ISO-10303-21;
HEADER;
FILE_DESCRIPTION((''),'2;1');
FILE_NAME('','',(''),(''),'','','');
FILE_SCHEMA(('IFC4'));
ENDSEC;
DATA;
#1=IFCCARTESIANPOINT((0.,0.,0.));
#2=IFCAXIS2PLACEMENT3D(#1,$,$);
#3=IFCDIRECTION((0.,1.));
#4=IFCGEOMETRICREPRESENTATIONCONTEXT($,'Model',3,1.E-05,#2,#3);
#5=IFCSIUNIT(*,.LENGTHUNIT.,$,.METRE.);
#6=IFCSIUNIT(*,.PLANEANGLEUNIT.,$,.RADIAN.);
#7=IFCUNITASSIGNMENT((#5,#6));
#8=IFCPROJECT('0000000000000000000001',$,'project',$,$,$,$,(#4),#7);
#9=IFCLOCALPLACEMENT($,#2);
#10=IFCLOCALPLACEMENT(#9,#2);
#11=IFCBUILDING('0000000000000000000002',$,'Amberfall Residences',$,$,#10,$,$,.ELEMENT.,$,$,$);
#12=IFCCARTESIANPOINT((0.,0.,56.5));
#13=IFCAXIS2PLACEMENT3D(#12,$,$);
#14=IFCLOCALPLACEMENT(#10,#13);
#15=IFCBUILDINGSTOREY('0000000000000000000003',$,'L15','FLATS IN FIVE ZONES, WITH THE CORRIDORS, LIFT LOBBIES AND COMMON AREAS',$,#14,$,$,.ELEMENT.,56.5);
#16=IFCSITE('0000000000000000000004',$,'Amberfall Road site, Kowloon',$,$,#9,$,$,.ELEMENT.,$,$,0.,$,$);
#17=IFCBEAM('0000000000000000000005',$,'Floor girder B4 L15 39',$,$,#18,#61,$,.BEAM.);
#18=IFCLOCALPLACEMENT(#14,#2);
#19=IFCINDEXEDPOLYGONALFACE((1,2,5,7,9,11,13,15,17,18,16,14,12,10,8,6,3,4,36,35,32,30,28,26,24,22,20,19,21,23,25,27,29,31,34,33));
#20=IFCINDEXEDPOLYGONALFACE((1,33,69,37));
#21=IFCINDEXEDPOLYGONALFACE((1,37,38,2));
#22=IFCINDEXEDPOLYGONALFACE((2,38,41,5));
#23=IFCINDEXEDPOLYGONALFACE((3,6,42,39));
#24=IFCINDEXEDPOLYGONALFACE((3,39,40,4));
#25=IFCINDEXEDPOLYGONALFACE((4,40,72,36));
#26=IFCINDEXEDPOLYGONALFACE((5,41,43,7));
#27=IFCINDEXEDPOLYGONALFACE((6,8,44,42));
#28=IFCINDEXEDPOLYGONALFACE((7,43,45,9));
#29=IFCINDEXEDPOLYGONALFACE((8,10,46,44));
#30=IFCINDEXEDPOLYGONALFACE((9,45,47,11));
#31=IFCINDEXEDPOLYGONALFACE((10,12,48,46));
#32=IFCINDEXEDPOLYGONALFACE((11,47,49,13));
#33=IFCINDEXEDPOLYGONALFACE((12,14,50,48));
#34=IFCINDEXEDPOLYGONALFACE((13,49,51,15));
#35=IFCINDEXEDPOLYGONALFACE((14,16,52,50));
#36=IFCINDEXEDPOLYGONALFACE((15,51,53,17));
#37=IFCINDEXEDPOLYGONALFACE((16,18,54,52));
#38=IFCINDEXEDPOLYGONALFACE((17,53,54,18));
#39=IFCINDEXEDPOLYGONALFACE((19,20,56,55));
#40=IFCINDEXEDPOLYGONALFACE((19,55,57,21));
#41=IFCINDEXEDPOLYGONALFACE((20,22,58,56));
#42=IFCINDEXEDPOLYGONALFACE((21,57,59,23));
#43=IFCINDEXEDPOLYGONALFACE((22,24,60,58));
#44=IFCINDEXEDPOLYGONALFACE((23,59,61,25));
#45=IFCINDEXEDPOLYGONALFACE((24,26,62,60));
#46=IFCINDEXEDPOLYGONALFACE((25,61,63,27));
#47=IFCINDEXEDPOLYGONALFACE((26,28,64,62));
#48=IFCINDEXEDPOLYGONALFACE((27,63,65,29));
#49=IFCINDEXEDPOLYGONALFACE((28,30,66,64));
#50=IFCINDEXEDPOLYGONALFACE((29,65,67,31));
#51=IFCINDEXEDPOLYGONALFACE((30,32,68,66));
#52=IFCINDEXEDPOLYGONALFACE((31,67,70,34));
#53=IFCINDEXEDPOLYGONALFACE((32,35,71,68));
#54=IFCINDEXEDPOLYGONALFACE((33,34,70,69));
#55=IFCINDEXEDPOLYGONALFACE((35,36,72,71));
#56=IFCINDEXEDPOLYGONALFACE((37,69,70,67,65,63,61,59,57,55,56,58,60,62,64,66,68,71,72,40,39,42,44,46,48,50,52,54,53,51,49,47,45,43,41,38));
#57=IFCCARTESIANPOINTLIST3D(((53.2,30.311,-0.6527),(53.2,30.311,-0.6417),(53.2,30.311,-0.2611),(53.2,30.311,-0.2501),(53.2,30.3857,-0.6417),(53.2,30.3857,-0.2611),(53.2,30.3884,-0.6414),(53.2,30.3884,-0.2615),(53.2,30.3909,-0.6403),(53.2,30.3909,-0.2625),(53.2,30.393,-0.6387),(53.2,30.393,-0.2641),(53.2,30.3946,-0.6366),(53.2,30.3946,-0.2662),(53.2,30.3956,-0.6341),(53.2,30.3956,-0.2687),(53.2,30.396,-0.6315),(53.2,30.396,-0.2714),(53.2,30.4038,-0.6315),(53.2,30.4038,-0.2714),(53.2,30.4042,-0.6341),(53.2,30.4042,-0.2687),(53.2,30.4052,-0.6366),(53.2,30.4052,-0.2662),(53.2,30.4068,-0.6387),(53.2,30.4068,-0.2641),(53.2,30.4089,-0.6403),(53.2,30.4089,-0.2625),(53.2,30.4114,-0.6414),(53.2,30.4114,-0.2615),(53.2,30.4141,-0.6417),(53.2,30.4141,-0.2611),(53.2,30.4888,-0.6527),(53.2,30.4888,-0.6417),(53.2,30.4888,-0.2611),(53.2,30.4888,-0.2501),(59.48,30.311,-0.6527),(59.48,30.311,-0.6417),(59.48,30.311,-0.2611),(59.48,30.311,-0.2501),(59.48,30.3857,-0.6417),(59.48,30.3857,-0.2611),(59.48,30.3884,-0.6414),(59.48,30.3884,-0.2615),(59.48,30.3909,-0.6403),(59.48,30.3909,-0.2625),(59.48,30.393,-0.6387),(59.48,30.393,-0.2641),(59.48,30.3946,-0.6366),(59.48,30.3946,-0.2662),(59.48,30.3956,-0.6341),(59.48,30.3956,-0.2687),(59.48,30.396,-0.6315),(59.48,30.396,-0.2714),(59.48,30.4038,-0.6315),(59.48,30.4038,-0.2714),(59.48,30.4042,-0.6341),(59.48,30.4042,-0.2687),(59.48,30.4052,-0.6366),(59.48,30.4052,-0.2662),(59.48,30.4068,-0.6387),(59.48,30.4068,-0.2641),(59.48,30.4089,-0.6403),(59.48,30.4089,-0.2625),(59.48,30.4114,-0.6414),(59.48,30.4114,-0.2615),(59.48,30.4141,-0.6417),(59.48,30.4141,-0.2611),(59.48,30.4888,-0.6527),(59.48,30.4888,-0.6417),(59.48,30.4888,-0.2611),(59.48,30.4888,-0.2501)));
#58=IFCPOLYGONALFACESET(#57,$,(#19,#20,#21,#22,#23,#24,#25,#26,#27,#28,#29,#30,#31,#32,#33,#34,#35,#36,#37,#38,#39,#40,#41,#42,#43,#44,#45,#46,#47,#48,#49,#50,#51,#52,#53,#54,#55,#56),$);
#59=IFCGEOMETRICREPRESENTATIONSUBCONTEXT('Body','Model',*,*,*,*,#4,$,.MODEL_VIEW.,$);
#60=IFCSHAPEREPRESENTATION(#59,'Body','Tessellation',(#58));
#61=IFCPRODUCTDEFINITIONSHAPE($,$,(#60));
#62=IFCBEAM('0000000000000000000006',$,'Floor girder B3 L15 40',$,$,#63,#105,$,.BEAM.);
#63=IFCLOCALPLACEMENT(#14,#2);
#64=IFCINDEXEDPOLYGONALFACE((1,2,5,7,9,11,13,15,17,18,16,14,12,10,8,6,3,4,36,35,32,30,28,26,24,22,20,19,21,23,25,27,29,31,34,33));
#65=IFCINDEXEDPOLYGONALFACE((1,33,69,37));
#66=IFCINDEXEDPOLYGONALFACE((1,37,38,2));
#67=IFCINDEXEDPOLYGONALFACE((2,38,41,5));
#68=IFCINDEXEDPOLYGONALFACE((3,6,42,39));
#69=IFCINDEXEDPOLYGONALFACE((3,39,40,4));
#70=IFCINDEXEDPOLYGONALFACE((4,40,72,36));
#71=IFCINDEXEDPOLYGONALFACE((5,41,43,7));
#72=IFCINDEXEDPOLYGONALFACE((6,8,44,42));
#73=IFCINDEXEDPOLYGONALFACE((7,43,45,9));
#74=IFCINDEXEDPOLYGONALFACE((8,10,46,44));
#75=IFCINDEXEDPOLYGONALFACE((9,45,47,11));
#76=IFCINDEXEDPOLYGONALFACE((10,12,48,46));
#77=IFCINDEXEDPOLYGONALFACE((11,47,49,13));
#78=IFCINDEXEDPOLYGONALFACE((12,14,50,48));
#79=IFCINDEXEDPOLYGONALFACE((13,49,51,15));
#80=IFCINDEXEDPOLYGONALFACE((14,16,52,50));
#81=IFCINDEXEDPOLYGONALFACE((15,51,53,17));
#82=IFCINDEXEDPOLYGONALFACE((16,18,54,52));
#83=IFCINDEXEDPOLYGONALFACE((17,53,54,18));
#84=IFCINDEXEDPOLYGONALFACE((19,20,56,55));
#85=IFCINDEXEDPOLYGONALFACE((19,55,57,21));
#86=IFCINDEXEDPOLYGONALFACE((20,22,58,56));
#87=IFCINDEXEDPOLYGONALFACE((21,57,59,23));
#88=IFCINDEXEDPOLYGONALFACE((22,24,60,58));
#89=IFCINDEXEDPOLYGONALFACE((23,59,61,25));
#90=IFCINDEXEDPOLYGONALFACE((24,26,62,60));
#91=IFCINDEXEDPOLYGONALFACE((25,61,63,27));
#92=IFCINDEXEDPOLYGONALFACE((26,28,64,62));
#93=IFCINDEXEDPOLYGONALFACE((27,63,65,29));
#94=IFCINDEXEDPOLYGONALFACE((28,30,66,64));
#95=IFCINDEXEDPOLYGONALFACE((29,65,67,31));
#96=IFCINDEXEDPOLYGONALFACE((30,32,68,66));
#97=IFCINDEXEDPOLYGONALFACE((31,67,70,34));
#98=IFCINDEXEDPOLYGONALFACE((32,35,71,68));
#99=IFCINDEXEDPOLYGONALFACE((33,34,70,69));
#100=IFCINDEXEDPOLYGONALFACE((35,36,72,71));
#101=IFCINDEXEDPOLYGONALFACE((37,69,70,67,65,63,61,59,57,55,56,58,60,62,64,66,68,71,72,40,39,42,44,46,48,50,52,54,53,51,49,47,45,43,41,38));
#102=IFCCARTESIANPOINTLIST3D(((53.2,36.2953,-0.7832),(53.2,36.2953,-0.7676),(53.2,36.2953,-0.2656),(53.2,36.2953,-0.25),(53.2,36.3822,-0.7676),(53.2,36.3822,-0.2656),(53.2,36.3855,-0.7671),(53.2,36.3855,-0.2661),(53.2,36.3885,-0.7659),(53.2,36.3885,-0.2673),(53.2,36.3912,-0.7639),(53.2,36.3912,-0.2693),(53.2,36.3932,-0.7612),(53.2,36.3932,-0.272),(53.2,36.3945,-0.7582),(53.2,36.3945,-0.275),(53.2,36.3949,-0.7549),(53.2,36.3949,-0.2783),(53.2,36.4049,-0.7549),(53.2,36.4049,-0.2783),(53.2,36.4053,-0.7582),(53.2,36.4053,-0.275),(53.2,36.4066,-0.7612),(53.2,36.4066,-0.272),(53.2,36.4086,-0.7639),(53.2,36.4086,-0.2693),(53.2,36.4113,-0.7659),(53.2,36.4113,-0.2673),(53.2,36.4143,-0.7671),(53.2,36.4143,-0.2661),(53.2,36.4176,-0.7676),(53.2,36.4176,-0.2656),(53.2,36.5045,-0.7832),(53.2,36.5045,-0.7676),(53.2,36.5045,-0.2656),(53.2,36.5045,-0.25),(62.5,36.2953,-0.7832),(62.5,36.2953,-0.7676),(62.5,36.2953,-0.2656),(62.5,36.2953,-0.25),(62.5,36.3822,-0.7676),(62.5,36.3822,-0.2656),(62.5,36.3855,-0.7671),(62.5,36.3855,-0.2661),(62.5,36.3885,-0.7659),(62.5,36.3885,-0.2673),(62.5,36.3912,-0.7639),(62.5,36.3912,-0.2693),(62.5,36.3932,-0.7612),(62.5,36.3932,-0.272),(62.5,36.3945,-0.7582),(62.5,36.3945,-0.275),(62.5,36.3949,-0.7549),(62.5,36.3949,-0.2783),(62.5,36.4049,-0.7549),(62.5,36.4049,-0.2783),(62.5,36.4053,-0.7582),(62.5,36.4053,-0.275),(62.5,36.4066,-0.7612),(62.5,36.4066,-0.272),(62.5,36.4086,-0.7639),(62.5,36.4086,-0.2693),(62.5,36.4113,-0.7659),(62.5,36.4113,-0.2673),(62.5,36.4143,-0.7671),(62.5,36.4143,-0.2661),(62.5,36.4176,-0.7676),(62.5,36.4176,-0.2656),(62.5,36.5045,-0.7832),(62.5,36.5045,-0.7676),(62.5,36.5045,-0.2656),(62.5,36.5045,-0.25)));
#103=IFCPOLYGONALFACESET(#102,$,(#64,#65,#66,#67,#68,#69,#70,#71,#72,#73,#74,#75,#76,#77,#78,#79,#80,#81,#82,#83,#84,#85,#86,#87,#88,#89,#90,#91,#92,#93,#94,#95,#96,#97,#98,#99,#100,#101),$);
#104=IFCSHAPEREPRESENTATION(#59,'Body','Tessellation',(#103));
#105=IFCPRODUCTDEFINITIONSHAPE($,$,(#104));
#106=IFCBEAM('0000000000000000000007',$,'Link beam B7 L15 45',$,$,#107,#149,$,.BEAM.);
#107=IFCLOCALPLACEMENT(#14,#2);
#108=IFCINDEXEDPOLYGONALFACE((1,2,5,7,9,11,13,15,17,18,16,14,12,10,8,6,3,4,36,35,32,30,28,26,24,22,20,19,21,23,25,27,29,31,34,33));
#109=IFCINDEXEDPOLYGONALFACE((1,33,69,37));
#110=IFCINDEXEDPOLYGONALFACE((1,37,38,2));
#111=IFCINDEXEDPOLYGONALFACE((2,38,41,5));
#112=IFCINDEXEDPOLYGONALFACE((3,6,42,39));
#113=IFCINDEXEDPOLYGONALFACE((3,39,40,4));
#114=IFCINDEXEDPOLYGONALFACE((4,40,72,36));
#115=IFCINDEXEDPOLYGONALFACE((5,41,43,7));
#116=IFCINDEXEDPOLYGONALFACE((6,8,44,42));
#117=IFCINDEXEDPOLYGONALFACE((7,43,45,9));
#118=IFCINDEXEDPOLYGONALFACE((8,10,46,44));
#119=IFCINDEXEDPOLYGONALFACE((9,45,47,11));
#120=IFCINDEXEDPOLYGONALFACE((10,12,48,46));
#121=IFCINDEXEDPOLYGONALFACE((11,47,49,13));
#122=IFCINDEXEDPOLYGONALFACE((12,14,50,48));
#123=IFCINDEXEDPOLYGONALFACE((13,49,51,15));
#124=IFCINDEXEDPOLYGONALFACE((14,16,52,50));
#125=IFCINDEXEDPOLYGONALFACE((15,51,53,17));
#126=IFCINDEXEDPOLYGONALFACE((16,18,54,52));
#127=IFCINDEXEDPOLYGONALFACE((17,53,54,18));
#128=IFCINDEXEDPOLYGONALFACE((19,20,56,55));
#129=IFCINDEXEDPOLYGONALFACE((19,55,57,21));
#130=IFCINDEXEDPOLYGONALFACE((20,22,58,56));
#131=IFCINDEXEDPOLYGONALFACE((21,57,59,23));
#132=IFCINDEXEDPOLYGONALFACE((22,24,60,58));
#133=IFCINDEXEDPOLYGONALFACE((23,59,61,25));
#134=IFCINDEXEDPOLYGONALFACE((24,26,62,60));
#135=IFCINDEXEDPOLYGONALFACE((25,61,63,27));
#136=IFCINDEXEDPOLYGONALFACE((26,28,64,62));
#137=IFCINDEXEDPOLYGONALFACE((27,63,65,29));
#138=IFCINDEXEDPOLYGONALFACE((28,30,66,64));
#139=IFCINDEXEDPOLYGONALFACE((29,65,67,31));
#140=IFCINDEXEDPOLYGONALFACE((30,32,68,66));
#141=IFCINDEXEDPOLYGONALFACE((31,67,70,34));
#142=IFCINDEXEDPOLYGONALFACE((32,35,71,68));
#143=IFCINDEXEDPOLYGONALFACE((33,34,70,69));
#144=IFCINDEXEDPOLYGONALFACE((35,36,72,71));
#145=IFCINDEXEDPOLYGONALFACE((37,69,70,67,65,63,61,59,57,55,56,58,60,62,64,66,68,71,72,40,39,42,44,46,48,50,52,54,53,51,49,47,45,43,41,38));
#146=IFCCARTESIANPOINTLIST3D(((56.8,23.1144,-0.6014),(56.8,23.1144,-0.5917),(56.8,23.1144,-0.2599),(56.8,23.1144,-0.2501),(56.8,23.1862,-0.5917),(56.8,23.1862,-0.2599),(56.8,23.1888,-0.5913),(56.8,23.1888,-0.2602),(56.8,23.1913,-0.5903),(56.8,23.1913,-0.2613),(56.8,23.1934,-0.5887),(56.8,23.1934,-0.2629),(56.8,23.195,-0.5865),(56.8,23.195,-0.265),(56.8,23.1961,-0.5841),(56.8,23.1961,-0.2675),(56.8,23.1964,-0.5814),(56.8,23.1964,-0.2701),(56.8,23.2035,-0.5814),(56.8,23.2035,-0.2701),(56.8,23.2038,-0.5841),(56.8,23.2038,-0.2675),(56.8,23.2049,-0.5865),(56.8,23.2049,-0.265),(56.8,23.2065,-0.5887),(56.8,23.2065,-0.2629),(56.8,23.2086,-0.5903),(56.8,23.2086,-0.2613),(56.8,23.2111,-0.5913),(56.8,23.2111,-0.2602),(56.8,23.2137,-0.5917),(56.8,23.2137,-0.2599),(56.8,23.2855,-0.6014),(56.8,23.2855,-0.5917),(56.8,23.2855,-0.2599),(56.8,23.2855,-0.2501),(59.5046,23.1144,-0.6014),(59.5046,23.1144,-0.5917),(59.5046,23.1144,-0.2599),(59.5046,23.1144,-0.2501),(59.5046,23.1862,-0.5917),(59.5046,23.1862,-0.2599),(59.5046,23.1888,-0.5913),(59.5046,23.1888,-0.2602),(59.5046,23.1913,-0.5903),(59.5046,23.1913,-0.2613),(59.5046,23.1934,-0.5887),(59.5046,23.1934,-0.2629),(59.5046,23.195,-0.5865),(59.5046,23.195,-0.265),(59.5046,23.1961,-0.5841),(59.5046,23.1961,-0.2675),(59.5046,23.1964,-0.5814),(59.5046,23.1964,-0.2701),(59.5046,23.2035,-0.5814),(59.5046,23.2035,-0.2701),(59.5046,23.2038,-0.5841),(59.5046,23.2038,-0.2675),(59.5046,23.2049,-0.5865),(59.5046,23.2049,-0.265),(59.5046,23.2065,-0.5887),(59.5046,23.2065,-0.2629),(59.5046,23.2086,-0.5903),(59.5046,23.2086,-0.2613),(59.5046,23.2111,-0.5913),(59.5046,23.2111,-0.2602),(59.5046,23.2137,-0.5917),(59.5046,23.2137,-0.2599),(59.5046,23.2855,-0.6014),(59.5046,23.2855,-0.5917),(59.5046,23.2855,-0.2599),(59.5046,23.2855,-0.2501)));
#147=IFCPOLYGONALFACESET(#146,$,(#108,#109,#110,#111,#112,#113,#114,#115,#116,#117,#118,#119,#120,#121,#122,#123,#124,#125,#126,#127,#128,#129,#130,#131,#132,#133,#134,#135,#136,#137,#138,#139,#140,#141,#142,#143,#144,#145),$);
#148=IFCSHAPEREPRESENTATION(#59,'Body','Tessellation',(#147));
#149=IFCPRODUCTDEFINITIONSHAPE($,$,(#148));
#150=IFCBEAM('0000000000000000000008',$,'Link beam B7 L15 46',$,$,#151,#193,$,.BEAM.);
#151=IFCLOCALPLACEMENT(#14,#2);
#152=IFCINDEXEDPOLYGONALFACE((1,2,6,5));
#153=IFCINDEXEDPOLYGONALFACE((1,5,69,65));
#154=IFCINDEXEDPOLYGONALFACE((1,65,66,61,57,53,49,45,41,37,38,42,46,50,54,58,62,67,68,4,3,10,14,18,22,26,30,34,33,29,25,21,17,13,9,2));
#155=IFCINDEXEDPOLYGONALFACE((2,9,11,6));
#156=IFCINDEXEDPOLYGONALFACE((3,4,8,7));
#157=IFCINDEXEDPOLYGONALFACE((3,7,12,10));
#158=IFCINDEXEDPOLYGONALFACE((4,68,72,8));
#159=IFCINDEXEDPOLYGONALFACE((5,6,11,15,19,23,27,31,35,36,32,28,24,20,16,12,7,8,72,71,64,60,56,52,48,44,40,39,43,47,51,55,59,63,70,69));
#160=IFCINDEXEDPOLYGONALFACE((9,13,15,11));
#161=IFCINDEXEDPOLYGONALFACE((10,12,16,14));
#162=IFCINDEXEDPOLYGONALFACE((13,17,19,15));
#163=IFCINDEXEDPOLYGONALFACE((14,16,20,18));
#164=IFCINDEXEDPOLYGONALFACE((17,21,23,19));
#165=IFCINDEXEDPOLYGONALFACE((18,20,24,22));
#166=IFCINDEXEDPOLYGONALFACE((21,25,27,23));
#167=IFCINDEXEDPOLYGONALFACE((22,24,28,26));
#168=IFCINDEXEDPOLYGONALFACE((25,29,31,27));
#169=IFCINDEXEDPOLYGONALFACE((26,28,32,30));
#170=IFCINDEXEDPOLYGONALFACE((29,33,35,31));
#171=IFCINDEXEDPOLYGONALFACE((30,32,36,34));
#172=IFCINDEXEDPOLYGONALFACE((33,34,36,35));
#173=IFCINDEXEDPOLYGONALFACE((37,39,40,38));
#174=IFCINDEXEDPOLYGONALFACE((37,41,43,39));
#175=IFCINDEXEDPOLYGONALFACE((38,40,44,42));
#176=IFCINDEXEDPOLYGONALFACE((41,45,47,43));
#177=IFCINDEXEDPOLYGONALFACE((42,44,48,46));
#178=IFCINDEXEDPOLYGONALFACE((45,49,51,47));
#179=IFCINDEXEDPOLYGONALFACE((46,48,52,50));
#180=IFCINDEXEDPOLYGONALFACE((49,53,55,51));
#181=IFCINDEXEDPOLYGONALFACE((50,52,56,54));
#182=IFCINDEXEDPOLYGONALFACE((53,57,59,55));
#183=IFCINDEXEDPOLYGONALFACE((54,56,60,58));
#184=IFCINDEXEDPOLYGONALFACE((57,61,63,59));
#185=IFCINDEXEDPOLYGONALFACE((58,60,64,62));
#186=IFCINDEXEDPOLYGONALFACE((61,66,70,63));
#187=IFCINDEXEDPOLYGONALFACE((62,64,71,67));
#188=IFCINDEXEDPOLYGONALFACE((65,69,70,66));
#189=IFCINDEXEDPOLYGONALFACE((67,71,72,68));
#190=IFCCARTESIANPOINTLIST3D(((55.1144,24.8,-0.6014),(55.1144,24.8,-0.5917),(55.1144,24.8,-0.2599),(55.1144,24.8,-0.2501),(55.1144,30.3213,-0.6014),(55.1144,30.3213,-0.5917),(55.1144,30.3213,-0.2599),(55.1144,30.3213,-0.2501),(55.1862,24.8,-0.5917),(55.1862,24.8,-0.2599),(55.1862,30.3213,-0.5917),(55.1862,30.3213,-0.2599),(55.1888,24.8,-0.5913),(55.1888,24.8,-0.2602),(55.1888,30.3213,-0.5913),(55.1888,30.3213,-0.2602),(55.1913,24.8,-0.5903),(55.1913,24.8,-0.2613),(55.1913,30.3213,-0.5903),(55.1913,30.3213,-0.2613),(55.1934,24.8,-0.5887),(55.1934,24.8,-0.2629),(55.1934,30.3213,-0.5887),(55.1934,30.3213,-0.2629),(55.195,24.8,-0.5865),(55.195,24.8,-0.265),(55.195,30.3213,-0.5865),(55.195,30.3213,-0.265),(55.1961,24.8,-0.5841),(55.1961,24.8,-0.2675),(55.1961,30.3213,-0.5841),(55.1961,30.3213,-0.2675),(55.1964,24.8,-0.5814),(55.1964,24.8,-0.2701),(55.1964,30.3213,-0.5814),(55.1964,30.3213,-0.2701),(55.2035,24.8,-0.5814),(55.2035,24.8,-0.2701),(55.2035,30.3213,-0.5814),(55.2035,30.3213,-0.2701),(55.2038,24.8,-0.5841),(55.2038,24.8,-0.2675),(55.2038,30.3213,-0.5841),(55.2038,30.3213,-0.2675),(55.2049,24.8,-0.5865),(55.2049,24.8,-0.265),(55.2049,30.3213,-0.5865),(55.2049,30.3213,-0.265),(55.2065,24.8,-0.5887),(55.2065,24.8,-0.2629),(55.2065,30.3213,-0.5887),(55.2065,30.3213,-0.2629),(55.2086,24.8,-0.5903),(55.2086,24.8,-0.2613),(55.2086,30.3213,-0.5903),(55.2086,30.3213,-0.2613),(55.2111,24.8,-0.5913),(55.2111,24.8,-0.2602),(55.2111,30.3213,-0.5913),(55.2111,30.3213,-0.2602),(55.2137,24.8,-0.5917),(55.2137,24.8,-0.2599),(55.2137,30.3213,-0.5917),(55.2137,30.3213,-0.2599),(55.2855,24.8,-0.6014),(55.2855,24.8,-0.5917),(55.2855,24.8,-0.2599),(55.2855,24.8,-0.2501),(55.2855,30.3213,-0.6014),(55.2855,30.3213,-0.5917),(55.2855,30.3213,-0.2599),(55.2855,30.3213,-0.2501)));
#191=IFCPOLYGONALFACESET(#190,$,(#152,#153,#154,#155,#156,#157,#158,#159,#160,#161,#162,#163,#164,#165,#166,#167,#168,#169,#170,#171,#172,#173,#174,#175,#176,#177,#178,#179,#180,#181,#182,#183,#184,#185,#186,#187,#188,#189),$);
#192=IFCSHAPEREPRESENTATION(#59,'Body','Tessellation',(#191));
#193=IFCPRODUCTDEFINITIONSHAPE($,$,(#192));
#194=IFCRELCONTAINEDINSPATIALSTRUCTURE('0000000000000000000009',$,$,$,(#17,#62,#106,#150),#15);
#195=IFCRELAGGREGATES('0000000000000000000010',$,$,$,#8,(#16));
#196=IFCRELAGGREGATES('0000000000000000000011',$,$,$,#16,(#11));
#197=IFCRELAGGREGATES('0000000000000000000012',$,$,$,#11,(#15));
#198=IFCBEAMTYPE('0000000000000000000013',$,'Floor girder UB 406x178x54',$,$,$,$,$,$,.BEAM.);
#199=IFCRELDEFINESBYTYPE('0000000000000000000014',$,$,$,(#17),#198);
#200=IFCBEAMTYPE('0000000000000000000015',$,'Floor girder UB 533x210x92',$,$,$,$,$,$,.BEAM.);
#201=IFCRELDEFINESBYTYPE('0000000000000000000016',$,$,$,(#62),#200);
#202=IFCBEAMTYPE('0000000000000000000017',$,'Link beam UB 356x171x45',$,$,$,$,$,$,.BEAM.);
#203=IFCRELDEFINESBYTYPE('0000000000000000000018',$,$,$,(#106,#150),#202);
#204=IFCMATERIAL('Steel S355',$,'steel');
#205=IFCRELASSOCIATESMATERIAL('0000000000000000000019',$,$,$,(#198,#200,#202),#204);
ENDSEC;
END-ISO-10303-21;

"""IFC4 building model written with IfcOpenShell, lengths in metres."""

from ifc_helpers import new_model, si_unit, direction, frame, origin, origin_2d, place, context, subcontext, project, spatial, i_section, extrude, material, material_profile, profile_set, type_object, element, save


model = new_model("IFC4")

# Units and contexts
model_context = context("Model", 3, precision=1e-05, world=origin(), true_north=direction((0.0, 1.0)))
body_context = subcontext(model_context, "Body", "Model", "MODEL_VIEW")
ifc_project = project(units=[si_unit("LENGTHUNIT", "METRE"), si_unit("PLANEANGLEUNIT", "RADIAN")], contexts=[model_context])

# Site, building, storey
site_placement = place(None, origin())
site = spatial("IfcSite", under=ifc_project, at=site_placement, Name="Amberfall Road site, Kowloon", CompositionType="ELEMENT", RefElevation=0.0)
building_placement = place(site_placement, origin())
building = spatial("IfcBuilding", under=site, at=building_placement, Name="Amberfall Residences", CompositionType="ELEMENT")
storey_placement = place(building_placement, frame((0.0, 0.0, 56.5)))
storey = spatial("IfcBuildingStorey", under=building, at=storey_placement, Name="L15", Description="FLATS IN FIVE ZONES, WITH THE CORRIDORS, LIFT LOBBIES AND COMMON AREAS", CompositionType="ELEMENT", Elevation=56.5)

# Shared definitions
ifc_material_1 = material(Name="Steel S355", Category="steel")

# Beams
ifc_material_profile_1 = material_profile(ifc_material_1, i_section(OverallWidth=0.1777, OverallDepth=0.4026, WebThickness=0.0078, FlangeThickness=0.011, FilletRadius=0.0103, at=origin_2d()), Name="UB 406x178x54")
ifc_profile_set_1 = profile_set([ifc_material_profile_1], Name="Steel S355")
beam_type_1 = type_object("IfcBeamType", Name="Floor girder UB 406x178x54", PredefinedType="BEAM", material=ifc_profile_set_1)
beam_1_placement = place(storey_placement, frame((53.2, 30.3999, -0.4514), z_axis=(1.0, 0.0, 0.0), x_axis=(0.0, 1.0, 0.0)))
element("IfcBeam", 1, at=beam_1_placement, inside=storey, type_object=beam_type_1, Name="Floor girder B4 L15 39", PredefinedType="BEAM", context=body_context, shape_type="SweptSolid", body=[
    extrude(i_section(OverallWidth=0.1777, OverallDepth=0.4026, WebThickness=0.0078, FlangeThickness=0.011, FilletRadius=0.0103, at=origin_2d()), origin(), (0.0, 0.0, 1.0), 6.28),
])
ifc_material_profile_2 = material_profile(ifc_material_1, i_section(OverallWidth=0.2092, OverallDepth=0.5332, WebThickness=0.01, FlangeThickness=0.0156, FilletRadius=0.0127, at=origin_2d()), Name="UB 533x210x92")
ifc_profile_set_2 = profile_set([ifc_material_profile_2], Name="Steel S355")
beam_type_2 = type_object("IfcBeamType", Name="Floor girder UB 533x210x92", PredefinedType="BEAM", material=ifc_profile_set_2)
beam_2_placement = place(storey_placement, frame((53.2, 36.3999, -0.5166), z_axis=(1.0, 0.0, 0.0), x_axis=(0.0, 1.0, 0.0)))
element("IfcBeam", 2, at=beam_2_placement, inside=storey, type_object=beam_type_2, Name="Floor girder B3 L15 40", PredefinedType="BEAM", context=body_context, shape_type="SweptSolid", body=[
    extrude(i_section(OverallWidth=0.2092, OverallDepth=0.5332, WebThickness=0.01, FlangeThickness=0.0156, FilletRadius=0.0127, at=origin_2d()), origin(), (0.0, 0.0, 1.0), 9.3),
])
ifc_material_profile_3 = material_profile(ifc_material_1, i_section(OverallWidth=0.1711, OverallDepth=0.3513, WebThickness=0.0071, FlangeThickness=0.0098, FilletRadius=0.0103, at=origin_2d()), Name="UB 356x171x45")
ifc_profile_set_3 = profile_set([ifc_material_profile_3], Name="Steel S355")
beam_type_3 = type_object("IfcBeamType", Name="Link beam UB 356x171x45", PredefinedType="BEAM", material=ifc_profile_set_3)
beam_3_placement = place(storey_placement, frame((56.8, 23.2, -0.4258), z_axis=(1.0, 0.0, 0.0), x_axis=(0.0, 1.0, 0.0)))
element("IfcBeam", 3, at=beam_3_placement, inside=storey, type_object=beam_type_3, Name="Link beam B7 L15 45", PredefinedType="BEAM", context=body_context, shape_type="SweptSolid", body=[
    extrude(i_section(OverallWidth=0.1711, OverallDepth=0.3513, WebThickness=0.0071, FlangeThickness=0.0098, FilletRadius=0.0103, at=origin_2d()), origin(), (0.0, 0.0, 1.0), 2.7046),
])
beam_4_placement = place(storey_placement, frame((55.2, 24.8, -0.4258), z_axis=(0.0, 1.0, 0.0), x_axis=(-1.0, 0.0, 0.0)))
element("IfcBeam", 4, at=beam_4_placement, inside=storey, type_object=beam_type_3, Name="Link beam B7 L15 46", PredefinedType="BEAM", context=body_context, shape_type="SweptSolid", body=[
    extrude(i_section(OverallWidth=0.1711, OverallDepth=0.3513, WebThickness=0.0071, FlangeThickness=0.0098, FilletRadius=0.0103, at=origin_2d()), origin(), (0.0, 0.0, 1.0), 5.5212),
])

save(model, "model.ifc")
